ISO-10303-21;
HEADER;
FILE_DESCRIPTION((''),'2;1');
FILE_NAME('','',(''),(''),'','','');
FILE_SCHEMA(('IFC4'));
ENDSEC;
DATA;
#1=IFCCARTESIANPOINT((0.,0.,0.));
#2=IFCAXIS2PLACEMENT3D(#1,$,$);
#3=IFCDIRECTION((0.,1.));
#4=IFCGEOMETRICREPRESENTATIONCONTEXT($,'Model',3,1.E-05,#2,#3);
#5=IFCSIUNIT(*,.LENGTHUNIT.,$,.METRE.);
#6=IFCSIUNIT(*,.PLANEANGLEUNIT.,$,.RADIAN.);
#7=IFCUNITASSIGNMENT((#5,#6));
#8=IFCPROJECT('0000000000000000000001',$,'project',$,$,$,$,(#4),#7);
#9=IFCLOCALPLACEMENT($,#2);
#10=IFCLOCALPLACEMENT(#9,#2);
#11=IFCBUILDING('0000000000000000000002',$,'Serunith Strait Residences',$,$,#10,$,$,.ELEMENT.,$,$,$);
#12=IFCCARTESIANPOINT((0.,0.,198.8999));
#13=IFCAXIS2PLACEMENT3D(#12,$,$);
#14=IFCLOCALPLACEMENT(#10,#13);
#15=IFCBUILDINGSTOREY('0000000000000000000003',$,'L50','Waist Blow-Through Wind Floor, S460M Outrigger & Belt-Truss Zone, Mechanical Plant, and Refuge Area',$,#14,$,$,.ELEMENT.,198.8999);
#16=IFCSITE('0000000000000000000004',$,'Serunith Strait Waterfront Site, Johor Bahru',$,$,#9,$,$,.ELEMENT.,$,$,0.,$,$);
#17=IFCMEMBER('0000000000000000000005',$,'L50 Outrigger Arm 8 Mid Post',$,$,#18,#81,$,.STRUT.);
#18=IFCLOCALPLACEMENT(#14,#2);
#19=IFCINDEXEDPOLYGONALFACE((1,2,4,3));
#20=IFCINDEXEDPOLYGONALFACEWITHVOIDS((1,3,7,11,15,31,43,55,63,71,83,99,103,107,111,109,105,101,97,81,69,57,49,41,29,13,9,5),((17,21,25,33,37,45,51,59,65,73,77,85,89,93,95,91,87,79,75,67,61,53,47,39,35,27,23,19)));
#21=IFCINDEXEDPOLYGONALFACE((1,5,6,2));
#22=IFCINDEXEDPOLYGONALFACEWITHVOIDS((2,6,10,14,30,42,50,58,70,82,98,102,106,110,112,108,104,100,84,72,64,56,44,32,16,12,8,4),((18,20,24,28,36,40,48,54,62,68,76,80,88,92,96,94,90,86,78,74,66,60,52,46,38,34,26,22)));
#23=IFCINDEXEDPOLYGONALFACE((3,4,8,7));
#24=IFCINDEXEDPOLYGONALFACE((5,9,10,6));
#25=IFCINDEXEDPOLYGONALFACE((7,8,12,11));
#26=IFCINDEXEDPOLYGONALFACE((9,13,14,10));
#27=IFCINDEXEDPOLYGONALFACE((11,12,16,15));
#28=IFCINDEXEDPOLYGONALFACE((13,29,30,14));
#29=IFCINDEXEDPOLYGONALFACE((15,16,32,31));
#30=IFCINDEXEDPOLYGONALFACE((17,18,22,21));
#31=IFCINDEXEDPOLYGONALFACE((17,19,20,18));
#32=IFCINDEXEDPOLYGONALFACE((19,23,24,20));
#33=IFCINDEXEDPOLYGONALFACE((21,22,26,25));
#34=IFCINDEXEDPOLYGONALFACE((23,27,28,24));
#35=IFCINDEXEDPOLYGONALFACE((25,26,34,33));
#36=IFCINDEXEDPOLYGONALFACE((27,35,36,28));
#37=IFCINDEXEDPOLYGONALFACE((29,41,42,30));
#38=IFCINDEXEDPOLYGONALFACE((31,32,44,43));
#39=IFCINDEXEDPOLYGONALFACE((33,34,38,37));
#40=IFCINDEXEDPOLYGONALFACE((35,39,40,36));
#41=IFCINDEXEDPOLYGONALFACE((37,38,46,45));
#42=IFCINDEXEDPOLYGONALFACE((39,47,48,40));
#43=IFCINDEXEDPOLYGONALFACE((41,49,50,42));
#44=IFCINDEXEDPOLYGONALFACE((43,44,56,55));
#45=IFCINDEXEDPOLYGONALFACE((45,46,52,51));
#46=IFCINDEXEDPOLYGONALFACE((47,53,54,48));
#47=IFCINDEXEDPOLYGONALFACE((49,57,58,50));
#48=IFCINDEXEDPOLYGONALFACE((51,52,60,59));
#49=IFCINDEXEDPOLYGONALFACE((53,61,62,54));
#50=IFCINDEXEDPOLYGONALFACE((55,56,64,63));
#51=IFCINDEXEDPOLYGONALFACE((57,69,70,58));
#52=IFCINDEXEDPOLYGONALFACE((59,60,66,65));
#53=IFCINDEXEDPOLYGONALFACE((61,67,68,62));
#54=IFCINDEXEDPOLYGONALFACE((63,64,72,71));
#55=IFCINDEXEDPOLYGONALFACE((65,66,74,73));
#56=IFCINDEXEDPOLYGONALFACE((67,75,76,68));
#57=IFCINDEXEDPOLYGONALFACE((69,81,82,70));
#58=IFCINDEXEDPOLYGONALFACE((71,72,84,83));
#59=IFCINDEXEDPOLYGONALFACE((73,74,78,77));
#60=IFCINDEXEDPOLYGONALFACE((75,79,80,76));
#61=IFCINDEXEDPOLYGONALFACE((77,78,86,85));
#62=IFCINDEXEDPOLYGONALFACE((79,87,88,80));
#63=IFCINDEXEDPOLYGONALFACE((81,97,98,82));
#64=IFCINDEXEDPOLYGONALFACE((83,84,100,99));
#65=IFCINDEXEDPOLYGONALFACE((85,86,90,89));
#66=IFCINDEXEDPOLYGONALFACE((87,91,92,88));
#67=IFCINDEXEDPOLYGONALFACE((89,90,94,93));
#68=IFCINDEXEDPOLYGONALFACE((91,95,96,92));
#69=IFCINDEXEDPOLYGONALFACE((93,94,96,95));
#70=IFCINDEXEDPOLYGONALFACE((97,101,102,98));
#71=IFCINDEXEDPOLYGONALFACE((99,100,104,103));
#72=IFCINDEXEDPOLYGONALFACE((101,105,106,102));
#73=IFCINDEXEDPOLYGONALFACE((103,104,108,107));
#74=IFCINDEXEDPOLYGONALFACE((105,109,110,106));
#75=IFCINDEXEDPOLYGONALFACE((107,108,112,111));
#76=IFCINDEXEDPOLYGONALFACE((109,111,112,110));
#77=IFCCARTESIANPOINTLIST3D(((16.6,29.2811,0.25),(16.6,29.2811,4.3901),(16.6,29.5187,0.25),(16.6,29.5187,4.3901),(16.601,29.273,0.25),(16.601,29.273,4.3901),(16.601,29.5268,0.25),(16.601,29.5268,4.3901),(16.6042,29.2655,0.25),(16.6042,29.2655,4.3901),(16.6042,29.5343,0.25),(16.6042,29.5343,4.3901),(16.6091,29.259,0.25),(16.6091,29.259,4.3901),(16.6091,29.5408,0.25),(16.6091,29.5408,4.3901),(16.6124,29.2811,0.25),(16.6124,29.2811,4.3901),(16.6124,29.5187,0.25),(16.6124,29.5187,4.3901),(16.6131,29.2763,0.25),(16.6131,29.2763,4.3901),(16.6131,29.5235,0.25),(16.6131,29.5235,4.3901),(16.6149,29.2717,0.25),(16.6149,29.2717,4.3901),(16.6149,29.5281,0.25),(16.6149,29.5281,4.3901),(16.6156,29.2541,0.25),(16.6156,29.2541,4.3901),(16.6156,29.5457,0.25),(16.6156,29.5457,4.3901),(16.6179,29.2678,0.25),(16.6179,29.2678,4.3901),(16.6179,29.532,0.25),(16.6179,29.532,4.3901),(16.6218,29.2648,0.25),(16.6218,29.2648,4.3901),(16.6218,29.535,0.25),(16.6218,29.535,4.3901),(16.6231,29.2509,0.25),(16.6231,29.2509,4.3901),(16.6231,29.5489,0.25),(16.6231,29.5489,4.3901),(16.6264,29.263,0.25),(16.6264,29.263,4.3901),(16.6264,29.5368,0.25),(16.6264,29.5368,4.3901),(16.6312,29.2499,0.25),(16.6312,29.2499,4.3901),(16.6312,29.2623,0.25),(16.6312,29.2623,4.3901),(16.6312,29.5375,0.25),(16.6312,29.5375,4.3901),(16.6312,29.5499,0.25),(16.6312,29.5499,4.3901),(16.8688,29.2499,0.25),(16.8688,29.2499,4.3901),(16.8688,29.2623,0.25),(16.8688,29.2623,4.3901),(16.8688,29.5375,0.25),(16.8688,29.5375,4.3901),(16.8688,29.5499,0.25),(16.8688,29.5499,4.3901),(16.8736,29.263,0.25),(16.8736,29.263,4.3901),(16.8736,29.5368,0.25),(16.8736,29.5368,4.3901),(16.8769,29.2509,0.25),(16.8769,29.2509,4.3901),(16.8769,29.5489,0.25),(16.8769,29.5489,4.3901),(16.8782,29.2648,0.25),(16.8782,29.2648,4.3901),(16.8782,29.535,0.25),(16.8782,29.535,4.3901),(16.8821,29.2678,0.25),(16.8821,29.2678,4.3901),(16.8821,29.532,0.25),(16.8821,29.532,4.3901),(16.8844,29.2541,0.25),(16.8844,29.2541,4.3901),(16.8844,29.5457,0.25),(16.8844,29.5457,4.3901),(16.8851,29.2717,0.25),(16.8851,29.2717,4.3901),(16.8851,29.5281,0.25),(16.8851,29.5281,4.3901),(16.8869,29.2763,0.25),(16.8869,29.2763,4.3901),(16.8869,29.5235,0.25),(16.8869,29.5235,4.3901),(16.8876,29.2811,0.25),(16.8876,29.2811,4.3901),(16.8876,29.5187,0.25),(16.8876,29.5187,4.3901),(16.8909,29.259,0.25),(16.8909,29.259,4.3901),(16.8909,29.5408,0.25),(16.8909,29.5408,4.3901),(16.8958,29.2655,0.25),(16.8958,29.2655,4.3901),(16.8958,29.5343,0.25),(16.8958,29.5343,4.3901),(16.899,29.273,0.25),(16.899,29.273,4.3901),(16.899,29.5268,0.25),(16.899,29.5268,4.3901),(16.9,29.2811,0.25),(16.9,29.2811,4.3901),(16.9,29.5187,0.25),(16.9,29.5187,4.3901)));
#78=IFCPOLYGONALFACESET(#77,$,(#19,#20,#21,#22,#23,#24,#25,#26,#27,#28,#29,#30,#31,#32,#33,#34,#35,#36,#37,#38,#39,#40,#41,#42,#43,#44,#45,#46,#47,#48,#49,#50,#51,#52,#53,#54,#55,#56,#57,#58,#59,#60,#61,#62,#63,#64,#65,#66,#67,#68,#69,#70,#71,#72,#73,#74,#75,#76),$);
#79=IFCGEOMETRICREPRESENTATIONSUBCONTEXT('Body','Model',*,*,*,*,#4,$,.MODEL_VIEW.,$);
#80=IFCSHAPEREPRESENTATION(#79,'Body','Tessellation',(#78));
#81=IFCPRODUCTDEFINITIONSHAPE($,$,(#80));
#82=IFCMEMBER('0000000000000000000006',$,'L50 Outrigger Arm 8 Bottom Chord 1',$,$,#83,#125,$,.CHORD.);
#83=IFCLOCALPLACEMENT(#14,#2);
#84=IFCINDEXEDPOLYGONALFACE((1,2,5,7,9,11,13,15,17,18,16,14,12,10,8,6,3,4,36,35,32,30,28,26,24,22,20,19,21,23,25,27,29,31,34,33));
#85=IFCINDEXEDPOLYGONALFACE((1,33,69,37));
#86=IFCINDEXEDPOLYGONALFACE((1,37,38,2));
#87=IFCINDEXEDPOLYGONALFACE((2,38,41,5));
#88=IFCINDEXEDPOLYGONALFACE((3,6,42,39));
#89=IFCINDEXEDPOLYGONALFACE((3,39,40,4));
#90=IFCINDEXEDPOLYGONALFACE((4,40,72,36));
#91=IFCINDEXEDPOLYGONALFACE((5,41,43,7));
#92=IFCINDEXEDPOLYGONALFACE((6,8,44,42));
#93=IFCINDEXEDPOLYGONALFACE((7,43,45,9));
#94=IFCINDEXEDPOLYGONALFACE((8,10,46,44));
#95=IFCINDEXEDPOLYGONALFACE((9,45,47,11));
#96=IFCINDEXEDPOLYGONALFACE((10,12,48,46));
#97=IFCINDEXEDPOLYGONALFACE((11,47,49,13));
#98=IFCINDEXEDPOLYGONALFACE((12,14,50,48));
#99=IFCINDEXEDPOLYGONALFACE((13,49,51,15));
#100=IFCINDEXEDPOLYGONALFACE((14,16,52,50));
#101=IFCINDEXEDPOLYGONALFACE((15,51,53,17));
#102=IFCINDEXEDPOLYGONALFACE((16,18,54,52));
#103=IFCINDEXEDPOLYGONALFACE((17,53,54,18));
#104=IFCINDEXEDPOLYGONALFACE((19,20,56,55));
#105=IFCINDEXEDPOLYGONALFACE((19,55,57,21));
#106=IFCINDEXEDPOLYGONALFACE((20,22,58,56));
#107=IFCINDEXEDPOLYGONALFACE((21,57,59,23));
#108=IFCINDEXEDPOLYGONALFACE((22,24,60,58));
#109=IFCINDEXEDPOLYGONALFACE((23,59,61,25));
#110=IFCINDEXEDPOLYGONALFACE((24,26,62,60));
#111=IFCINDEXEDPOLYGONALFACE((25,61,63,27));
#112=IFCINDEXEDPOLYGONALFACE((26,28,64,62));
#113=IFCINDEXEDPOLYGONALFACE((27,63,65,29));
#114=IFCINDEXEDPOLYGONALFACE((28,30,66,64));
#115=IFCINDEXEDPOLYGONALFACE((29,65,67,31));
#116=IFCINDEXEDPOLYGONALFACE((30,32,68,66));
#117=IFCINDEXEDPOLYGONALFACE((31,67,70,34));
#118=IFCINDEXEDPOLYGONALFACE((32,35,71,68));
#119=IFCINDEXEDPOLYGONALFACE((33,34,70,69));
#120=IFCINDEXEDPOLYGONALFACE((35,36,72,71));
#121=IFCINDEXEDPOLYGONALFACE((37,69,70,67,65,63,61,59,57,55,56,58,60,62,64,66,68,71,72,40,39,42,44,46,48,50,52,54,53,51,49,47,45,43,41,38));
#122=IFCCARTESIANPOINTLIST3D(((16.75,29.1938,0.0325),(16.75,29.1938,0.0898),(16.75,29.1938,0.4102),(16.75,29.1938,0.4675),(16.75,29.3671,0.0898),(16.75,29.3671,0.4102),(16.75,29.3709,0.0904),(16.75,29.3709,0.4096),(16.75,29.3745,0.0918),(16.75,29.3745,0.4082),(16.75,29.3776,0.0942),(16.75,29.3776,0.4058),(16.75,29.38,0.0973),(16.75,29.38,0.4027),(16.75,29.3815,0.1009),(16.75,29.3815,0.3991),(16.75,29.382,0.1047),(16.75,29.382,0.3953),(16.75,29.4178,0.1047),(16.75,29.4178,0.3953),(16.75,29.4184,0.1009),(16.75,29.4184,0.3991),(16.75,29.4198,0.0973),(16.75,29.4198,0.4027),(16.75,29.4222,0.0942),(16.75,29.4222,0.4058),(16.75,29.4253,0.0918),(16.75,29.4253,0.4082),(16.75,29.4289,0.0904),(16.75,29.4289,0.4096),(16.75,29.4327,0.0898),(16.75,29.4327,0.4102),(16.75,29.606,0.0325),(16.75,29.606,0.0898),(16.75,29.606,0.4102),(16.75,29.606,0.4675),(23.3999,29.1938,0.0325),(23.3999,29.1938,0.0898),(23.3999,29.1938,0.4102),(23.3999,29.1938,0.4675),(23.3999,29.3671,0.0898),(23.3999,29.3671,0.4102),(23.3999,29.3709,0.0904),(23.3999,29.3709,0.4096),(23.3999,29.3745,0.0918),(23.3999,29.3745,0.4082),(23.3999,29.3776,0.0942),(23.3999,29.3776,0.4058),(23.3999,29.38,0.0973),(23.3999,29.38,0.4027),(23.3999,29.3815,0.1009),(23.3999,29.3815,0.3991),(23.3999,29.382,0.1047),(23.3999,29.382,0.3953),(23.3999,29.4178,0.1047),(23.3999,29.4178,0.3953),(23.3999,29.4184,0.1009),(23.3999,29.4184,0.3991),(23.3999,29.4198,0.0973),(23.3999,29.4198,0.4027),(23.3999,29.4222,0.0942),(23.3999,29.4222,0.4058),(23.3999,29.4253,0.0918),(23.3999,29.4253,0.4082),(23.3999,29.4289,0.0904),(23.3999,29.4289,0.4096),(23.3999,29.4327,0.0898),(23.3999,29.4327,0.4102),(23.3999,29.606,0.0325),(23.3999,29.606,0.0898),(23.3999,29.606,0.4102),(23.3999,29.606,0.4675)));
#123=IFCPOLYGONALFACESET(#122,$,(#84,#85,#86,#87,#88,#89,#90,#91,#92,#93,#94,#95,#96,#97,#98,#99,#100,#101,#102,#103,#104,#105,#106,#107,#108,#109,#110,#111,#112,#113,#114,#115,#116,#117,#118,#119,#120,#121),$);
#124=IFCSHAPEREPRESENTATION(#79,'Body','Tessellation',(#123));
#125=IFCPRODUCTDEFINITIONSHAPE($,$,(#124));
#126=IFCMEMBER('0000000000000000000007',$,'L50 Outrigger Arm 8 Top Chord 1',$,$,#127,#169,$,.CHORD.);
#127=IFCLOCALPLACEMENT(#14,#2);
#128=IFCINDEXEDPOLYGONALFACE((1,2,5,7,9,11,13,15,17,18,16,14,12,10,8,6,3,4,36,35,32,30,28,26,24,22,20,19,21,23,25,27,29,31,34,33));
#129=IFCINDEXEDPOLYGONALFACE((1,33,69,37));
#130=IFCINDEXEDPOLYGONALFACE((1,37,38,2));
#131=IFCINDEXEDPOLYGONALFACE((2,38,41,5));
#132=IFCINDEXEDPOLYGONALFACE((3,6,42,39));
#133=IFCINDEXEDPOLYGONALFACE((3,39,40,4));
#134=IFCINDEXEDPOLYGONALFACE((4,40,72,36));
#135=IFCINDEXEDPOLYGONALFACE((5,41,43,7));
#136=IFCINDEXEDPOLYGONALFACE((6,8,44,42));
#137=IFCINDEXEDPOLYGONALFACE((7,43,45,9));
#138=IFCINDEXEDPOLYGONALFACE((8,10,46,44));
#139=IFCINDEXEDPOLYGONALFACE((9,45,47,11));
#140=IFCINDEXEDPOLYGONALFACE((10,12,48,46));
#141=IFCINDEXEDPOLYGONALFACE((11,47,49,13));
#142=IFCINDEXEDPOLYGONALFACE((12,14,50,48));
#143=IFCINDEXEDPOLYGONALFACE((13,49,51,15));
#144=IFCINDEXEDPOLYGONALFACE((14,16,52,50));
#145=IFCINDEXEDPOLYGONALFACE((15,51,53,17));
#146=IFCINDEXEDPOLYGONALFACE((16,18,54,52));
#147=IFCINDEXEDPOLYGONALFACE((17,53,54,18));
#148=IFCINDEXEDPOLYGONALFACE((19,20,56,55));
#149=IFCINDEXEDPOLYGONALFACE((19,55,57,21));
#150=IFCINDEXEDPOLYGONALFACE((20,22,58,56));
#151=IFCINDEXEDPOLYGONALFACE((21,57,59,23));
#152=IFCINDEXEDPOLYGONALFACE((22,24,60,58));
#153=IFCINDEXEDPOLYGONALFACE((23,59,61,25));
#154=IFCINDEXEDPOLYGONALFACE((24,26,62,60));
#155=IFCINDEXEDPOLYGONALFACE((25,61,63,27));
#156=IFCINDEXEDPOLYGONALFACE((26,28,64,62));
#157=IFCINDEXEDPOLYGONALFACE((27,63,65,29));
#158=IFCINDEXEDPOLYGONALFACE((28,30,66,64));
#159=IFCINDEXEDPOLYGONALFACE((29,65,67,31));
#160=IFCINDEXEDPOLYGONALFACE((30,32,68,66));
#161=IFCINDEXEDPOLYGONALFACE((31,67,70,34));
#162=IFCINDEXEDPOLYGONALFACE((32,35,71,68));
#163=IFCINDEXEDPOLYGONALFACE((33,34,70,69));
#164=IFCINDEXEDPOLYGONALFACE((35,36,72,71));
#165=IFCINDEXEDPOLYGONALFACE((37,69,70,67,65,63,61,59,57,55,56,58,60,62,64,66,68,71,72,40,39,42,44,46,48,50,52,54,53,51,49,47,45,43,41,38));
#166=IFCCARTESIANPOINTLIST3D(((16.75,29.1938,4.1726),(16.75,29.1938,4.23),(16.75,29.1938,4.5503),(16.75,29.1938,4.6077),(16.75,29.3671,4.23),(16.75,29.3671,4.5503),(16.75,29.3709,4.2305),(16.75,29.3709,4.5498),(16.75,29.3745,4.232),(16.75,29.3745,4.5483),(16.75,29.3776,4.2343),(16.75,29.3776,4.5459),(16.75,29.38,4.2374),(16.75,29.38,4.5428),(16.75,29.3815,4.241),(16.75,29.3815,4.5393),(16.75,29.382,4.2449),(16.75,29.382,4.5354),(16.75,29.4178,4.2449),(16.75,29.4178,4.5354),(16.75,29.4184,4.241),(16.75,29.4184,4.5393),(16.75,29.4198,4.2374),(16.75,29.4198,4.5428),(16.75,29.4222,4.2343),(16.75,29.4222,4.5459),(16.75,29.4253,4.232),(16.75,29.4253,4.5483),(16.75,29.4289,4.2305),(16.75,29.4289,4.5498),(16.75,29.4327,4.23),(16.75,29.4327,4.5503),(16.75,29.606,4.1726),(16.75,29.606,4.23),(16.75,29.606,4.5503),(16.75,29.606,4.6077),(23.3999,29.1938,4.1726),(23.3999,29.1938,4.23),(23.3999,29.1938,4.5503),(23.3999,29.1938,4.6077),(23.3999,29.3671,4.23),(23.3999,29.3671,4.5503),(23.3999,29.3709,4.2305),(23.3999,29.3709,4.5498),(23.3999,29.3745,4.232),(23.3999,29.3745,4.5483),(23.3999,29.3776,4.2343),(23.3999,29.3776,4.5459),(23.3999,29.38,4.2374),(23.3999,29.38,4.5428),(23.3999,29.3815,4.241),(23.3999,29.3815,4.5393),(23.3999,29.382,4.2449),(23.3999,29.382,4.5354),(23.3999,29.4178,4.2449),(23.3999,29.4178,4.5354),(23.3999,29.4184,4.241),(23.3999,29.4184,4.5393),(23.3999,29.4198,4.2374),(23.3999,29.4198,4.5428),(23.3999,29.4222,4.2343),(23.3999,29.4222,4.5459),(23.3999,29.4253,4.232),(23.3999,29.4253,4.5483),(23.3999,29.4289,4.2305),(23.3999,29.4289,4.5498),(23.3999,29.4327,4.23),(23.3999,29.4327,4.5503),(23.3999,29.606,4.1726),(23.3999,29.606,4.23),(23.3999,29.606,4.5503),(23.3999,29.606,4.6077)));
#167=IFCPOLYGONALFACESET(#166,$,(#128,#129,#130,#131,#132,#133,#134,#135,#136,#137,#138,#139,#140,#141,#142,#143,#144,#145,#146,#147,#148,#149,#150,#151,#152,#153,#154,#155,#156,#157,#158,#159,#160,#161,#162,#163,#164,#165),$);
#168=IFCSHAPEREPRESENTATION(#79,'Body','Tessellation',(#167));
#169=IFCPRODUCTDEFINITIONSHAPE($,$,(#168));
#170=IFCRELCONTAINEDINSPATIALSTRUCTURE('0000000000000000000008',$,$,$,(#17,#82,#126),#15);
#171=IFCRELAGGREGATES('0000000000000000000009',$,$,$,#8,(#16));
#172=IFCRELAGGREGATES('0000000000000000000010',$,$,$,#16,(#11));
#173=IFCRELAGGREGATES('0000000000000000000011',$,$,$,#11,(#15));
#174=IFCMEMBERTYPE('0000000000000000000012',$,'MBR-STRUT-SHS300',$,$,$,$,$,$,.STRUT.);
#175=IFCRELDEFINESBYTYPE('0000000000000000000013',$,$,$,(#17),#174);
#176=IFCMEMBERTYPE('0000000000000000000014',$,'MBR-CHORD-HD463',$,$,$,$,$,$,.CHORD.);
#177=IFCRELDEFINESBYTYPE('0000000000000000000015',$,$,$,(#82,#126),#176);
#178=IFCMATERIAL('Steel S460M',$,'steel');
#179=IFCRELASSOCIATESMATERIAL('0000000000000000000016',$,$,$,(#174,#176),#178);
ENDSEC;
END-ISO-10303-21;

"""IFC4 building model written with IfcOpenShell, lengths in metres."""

from ifc_helpers import new_model, si_unit, direction, frame, origin, origin_2d, place, context, subcontext, project, spatial, hollow_rectangle, i_section, extrude, source, transform, mapped, material, material_profile, profile_set, type_object, element, save


model = new_model("IFC4")

# Units and contexts
model_context = context("Model", 3, precision=1e-05, world=origin(), true_north=direction((0.0, 1.0)))
body_context = subcontext(model_context, "Body", "Model", "MODEL_VIEW")
ifc_project = project(units=[si_unit("LENGTHUNIT", "METRE"), si_unit("PLANEANGLEUNIT", "RADIAN")], contexts=[model_context])

# Site, building, storey
site_placement = place(None, origin())
site = spatial("IfcSite", under=ifc_project, at=site_placement, Name="Serunith Strait Waterfront Site, Johor Bahru", CompositionType="ELEMENT", RefElevation=0.0)
building_placement = place(site_placement, origin())
building = spatial("IfcBuilding", under=site, at=building_placement, Name="Serunith Strait Residences", CompositionType="ELEMENT")
storey_placement = place(building_placement, frame((0.0, 0.0, 198.8999)))
storey = spatial("IfcBuildingStorey", under=building, at=storey_placement, Name="L50", Description="Waist Blow-Through Wind Floor, S460M Outrigger & Belt-Truss Zone, Mechanical Plant, and Refuge Area", CompositionType="ELEMENT", Elevation=198.8999)

# Members
ifc_material_1 = material(Name="Steel S460M", Category="steel")
ifc_material_profile_1 = material_profile(ifc_material_1, hollow_rectangle(XDim=0.3, YDim=0.3, WallThickness=0.0125, InnerFilletRadius=0.0188, OuterFilletRadius=0.0312, at=origin_2d()), Name="SHS 300x300x12.5")
ifc_profile_set_1 = profile_set([ifc_material_profile_1], Name="Steel S460M")
member_type_1 = type_object("IfcMemberType", Name="MBR-STRUT-SHS300", PredefinedType="STRUT", material=ifc_profile_set_1)
shared_shape_1 = source(origin(), body_context, "Body", "SweptSolid", [
    extrude(hollow_rectangle(XDim=0.3, YDim=0.3, WallThickness=0.0125, InnerFilletRadius=0.0188, OuterFilletRadius=0.0312, at=origin_2d()), origin(), (0.0, 0.0, 1.0), 4.1401),
])
member_1_placement = place(storey_placement, frame((16.75, 29.3999, 0.25), z_axis=(0.0, 0.0, 1.0), x_axis=(1.0, 0.0, 0.0)))
element("IfcMember", 1, at=member_1_placement, inside=storey, type_object=member_type_1, Name="L50 Outrigger Arm 8 Mid Post", PredefinedType="STRUT", context=body_context, shape_type="MappedRepresentation", body=[
    mapped(shared_shape_1, transform((0.0, 0.0, 0.0), scale=1.0)),
])
ifc_material_profile_2 = material_profile(ifc_material_1, i_section(OverallWidth=0.4121, OverallDepth=0.4351, WebThickness=0.0359, FlangeThickness=0.0574, FilletRadius=0.0149, at=origin_2d()), Name="HD 400x463")
ifc_profile_set_2 = profile_set([ifc_material_profile_2], Name="Steel S460M")
member_type_2 = type_object("IfcMemberType", Name="MBR-CHORD-HD463", PredefinedType="CHORD", material=ifc_profile_set_2)
shared_shape_2 = source(origin(), body_context, "Body", "SweptSolid", [
    extrude(i_section(OverallWidth=0.4121, OverallDepth=0.4351, WebThickness=0.0359, FlangeThickness=0.0574, FilletRadius=0.0149, at=origin_2d()), origin(), (0.0, 0.0, 1.0), 6.6499),
])
for number, where, z_axis, x_axis, name in (
    (2, (23.3999, 29.3999, 0.25), (-1.0, 0.0, 0.0), (0.0, -1.0, 0.0), "L50 Outrigger Arm 8 Bottom Chord 1"),
    (3, (23.3999, 29.3999, 4.3901), (-1.0, 0.0, 0.0), (0.0, -1.0, 0.0), "L50 Outrigger Arm 8 Top Chord 1"),
):
    element("IfcMember", number, at=place(storey_placement, frame(where, z_axis=z_axis, x_axis=x_axis)), inside=storey, type_object=member_type_2, Name=name, PredefinedType="CHORD", context=body_context, shape_type="MappedRepresentation", body=[
        mapped(shared_shape_2, transform((0.0, 0.0, 0.0), scale=1.0)),
    ])

save(model, "model.ifc")
